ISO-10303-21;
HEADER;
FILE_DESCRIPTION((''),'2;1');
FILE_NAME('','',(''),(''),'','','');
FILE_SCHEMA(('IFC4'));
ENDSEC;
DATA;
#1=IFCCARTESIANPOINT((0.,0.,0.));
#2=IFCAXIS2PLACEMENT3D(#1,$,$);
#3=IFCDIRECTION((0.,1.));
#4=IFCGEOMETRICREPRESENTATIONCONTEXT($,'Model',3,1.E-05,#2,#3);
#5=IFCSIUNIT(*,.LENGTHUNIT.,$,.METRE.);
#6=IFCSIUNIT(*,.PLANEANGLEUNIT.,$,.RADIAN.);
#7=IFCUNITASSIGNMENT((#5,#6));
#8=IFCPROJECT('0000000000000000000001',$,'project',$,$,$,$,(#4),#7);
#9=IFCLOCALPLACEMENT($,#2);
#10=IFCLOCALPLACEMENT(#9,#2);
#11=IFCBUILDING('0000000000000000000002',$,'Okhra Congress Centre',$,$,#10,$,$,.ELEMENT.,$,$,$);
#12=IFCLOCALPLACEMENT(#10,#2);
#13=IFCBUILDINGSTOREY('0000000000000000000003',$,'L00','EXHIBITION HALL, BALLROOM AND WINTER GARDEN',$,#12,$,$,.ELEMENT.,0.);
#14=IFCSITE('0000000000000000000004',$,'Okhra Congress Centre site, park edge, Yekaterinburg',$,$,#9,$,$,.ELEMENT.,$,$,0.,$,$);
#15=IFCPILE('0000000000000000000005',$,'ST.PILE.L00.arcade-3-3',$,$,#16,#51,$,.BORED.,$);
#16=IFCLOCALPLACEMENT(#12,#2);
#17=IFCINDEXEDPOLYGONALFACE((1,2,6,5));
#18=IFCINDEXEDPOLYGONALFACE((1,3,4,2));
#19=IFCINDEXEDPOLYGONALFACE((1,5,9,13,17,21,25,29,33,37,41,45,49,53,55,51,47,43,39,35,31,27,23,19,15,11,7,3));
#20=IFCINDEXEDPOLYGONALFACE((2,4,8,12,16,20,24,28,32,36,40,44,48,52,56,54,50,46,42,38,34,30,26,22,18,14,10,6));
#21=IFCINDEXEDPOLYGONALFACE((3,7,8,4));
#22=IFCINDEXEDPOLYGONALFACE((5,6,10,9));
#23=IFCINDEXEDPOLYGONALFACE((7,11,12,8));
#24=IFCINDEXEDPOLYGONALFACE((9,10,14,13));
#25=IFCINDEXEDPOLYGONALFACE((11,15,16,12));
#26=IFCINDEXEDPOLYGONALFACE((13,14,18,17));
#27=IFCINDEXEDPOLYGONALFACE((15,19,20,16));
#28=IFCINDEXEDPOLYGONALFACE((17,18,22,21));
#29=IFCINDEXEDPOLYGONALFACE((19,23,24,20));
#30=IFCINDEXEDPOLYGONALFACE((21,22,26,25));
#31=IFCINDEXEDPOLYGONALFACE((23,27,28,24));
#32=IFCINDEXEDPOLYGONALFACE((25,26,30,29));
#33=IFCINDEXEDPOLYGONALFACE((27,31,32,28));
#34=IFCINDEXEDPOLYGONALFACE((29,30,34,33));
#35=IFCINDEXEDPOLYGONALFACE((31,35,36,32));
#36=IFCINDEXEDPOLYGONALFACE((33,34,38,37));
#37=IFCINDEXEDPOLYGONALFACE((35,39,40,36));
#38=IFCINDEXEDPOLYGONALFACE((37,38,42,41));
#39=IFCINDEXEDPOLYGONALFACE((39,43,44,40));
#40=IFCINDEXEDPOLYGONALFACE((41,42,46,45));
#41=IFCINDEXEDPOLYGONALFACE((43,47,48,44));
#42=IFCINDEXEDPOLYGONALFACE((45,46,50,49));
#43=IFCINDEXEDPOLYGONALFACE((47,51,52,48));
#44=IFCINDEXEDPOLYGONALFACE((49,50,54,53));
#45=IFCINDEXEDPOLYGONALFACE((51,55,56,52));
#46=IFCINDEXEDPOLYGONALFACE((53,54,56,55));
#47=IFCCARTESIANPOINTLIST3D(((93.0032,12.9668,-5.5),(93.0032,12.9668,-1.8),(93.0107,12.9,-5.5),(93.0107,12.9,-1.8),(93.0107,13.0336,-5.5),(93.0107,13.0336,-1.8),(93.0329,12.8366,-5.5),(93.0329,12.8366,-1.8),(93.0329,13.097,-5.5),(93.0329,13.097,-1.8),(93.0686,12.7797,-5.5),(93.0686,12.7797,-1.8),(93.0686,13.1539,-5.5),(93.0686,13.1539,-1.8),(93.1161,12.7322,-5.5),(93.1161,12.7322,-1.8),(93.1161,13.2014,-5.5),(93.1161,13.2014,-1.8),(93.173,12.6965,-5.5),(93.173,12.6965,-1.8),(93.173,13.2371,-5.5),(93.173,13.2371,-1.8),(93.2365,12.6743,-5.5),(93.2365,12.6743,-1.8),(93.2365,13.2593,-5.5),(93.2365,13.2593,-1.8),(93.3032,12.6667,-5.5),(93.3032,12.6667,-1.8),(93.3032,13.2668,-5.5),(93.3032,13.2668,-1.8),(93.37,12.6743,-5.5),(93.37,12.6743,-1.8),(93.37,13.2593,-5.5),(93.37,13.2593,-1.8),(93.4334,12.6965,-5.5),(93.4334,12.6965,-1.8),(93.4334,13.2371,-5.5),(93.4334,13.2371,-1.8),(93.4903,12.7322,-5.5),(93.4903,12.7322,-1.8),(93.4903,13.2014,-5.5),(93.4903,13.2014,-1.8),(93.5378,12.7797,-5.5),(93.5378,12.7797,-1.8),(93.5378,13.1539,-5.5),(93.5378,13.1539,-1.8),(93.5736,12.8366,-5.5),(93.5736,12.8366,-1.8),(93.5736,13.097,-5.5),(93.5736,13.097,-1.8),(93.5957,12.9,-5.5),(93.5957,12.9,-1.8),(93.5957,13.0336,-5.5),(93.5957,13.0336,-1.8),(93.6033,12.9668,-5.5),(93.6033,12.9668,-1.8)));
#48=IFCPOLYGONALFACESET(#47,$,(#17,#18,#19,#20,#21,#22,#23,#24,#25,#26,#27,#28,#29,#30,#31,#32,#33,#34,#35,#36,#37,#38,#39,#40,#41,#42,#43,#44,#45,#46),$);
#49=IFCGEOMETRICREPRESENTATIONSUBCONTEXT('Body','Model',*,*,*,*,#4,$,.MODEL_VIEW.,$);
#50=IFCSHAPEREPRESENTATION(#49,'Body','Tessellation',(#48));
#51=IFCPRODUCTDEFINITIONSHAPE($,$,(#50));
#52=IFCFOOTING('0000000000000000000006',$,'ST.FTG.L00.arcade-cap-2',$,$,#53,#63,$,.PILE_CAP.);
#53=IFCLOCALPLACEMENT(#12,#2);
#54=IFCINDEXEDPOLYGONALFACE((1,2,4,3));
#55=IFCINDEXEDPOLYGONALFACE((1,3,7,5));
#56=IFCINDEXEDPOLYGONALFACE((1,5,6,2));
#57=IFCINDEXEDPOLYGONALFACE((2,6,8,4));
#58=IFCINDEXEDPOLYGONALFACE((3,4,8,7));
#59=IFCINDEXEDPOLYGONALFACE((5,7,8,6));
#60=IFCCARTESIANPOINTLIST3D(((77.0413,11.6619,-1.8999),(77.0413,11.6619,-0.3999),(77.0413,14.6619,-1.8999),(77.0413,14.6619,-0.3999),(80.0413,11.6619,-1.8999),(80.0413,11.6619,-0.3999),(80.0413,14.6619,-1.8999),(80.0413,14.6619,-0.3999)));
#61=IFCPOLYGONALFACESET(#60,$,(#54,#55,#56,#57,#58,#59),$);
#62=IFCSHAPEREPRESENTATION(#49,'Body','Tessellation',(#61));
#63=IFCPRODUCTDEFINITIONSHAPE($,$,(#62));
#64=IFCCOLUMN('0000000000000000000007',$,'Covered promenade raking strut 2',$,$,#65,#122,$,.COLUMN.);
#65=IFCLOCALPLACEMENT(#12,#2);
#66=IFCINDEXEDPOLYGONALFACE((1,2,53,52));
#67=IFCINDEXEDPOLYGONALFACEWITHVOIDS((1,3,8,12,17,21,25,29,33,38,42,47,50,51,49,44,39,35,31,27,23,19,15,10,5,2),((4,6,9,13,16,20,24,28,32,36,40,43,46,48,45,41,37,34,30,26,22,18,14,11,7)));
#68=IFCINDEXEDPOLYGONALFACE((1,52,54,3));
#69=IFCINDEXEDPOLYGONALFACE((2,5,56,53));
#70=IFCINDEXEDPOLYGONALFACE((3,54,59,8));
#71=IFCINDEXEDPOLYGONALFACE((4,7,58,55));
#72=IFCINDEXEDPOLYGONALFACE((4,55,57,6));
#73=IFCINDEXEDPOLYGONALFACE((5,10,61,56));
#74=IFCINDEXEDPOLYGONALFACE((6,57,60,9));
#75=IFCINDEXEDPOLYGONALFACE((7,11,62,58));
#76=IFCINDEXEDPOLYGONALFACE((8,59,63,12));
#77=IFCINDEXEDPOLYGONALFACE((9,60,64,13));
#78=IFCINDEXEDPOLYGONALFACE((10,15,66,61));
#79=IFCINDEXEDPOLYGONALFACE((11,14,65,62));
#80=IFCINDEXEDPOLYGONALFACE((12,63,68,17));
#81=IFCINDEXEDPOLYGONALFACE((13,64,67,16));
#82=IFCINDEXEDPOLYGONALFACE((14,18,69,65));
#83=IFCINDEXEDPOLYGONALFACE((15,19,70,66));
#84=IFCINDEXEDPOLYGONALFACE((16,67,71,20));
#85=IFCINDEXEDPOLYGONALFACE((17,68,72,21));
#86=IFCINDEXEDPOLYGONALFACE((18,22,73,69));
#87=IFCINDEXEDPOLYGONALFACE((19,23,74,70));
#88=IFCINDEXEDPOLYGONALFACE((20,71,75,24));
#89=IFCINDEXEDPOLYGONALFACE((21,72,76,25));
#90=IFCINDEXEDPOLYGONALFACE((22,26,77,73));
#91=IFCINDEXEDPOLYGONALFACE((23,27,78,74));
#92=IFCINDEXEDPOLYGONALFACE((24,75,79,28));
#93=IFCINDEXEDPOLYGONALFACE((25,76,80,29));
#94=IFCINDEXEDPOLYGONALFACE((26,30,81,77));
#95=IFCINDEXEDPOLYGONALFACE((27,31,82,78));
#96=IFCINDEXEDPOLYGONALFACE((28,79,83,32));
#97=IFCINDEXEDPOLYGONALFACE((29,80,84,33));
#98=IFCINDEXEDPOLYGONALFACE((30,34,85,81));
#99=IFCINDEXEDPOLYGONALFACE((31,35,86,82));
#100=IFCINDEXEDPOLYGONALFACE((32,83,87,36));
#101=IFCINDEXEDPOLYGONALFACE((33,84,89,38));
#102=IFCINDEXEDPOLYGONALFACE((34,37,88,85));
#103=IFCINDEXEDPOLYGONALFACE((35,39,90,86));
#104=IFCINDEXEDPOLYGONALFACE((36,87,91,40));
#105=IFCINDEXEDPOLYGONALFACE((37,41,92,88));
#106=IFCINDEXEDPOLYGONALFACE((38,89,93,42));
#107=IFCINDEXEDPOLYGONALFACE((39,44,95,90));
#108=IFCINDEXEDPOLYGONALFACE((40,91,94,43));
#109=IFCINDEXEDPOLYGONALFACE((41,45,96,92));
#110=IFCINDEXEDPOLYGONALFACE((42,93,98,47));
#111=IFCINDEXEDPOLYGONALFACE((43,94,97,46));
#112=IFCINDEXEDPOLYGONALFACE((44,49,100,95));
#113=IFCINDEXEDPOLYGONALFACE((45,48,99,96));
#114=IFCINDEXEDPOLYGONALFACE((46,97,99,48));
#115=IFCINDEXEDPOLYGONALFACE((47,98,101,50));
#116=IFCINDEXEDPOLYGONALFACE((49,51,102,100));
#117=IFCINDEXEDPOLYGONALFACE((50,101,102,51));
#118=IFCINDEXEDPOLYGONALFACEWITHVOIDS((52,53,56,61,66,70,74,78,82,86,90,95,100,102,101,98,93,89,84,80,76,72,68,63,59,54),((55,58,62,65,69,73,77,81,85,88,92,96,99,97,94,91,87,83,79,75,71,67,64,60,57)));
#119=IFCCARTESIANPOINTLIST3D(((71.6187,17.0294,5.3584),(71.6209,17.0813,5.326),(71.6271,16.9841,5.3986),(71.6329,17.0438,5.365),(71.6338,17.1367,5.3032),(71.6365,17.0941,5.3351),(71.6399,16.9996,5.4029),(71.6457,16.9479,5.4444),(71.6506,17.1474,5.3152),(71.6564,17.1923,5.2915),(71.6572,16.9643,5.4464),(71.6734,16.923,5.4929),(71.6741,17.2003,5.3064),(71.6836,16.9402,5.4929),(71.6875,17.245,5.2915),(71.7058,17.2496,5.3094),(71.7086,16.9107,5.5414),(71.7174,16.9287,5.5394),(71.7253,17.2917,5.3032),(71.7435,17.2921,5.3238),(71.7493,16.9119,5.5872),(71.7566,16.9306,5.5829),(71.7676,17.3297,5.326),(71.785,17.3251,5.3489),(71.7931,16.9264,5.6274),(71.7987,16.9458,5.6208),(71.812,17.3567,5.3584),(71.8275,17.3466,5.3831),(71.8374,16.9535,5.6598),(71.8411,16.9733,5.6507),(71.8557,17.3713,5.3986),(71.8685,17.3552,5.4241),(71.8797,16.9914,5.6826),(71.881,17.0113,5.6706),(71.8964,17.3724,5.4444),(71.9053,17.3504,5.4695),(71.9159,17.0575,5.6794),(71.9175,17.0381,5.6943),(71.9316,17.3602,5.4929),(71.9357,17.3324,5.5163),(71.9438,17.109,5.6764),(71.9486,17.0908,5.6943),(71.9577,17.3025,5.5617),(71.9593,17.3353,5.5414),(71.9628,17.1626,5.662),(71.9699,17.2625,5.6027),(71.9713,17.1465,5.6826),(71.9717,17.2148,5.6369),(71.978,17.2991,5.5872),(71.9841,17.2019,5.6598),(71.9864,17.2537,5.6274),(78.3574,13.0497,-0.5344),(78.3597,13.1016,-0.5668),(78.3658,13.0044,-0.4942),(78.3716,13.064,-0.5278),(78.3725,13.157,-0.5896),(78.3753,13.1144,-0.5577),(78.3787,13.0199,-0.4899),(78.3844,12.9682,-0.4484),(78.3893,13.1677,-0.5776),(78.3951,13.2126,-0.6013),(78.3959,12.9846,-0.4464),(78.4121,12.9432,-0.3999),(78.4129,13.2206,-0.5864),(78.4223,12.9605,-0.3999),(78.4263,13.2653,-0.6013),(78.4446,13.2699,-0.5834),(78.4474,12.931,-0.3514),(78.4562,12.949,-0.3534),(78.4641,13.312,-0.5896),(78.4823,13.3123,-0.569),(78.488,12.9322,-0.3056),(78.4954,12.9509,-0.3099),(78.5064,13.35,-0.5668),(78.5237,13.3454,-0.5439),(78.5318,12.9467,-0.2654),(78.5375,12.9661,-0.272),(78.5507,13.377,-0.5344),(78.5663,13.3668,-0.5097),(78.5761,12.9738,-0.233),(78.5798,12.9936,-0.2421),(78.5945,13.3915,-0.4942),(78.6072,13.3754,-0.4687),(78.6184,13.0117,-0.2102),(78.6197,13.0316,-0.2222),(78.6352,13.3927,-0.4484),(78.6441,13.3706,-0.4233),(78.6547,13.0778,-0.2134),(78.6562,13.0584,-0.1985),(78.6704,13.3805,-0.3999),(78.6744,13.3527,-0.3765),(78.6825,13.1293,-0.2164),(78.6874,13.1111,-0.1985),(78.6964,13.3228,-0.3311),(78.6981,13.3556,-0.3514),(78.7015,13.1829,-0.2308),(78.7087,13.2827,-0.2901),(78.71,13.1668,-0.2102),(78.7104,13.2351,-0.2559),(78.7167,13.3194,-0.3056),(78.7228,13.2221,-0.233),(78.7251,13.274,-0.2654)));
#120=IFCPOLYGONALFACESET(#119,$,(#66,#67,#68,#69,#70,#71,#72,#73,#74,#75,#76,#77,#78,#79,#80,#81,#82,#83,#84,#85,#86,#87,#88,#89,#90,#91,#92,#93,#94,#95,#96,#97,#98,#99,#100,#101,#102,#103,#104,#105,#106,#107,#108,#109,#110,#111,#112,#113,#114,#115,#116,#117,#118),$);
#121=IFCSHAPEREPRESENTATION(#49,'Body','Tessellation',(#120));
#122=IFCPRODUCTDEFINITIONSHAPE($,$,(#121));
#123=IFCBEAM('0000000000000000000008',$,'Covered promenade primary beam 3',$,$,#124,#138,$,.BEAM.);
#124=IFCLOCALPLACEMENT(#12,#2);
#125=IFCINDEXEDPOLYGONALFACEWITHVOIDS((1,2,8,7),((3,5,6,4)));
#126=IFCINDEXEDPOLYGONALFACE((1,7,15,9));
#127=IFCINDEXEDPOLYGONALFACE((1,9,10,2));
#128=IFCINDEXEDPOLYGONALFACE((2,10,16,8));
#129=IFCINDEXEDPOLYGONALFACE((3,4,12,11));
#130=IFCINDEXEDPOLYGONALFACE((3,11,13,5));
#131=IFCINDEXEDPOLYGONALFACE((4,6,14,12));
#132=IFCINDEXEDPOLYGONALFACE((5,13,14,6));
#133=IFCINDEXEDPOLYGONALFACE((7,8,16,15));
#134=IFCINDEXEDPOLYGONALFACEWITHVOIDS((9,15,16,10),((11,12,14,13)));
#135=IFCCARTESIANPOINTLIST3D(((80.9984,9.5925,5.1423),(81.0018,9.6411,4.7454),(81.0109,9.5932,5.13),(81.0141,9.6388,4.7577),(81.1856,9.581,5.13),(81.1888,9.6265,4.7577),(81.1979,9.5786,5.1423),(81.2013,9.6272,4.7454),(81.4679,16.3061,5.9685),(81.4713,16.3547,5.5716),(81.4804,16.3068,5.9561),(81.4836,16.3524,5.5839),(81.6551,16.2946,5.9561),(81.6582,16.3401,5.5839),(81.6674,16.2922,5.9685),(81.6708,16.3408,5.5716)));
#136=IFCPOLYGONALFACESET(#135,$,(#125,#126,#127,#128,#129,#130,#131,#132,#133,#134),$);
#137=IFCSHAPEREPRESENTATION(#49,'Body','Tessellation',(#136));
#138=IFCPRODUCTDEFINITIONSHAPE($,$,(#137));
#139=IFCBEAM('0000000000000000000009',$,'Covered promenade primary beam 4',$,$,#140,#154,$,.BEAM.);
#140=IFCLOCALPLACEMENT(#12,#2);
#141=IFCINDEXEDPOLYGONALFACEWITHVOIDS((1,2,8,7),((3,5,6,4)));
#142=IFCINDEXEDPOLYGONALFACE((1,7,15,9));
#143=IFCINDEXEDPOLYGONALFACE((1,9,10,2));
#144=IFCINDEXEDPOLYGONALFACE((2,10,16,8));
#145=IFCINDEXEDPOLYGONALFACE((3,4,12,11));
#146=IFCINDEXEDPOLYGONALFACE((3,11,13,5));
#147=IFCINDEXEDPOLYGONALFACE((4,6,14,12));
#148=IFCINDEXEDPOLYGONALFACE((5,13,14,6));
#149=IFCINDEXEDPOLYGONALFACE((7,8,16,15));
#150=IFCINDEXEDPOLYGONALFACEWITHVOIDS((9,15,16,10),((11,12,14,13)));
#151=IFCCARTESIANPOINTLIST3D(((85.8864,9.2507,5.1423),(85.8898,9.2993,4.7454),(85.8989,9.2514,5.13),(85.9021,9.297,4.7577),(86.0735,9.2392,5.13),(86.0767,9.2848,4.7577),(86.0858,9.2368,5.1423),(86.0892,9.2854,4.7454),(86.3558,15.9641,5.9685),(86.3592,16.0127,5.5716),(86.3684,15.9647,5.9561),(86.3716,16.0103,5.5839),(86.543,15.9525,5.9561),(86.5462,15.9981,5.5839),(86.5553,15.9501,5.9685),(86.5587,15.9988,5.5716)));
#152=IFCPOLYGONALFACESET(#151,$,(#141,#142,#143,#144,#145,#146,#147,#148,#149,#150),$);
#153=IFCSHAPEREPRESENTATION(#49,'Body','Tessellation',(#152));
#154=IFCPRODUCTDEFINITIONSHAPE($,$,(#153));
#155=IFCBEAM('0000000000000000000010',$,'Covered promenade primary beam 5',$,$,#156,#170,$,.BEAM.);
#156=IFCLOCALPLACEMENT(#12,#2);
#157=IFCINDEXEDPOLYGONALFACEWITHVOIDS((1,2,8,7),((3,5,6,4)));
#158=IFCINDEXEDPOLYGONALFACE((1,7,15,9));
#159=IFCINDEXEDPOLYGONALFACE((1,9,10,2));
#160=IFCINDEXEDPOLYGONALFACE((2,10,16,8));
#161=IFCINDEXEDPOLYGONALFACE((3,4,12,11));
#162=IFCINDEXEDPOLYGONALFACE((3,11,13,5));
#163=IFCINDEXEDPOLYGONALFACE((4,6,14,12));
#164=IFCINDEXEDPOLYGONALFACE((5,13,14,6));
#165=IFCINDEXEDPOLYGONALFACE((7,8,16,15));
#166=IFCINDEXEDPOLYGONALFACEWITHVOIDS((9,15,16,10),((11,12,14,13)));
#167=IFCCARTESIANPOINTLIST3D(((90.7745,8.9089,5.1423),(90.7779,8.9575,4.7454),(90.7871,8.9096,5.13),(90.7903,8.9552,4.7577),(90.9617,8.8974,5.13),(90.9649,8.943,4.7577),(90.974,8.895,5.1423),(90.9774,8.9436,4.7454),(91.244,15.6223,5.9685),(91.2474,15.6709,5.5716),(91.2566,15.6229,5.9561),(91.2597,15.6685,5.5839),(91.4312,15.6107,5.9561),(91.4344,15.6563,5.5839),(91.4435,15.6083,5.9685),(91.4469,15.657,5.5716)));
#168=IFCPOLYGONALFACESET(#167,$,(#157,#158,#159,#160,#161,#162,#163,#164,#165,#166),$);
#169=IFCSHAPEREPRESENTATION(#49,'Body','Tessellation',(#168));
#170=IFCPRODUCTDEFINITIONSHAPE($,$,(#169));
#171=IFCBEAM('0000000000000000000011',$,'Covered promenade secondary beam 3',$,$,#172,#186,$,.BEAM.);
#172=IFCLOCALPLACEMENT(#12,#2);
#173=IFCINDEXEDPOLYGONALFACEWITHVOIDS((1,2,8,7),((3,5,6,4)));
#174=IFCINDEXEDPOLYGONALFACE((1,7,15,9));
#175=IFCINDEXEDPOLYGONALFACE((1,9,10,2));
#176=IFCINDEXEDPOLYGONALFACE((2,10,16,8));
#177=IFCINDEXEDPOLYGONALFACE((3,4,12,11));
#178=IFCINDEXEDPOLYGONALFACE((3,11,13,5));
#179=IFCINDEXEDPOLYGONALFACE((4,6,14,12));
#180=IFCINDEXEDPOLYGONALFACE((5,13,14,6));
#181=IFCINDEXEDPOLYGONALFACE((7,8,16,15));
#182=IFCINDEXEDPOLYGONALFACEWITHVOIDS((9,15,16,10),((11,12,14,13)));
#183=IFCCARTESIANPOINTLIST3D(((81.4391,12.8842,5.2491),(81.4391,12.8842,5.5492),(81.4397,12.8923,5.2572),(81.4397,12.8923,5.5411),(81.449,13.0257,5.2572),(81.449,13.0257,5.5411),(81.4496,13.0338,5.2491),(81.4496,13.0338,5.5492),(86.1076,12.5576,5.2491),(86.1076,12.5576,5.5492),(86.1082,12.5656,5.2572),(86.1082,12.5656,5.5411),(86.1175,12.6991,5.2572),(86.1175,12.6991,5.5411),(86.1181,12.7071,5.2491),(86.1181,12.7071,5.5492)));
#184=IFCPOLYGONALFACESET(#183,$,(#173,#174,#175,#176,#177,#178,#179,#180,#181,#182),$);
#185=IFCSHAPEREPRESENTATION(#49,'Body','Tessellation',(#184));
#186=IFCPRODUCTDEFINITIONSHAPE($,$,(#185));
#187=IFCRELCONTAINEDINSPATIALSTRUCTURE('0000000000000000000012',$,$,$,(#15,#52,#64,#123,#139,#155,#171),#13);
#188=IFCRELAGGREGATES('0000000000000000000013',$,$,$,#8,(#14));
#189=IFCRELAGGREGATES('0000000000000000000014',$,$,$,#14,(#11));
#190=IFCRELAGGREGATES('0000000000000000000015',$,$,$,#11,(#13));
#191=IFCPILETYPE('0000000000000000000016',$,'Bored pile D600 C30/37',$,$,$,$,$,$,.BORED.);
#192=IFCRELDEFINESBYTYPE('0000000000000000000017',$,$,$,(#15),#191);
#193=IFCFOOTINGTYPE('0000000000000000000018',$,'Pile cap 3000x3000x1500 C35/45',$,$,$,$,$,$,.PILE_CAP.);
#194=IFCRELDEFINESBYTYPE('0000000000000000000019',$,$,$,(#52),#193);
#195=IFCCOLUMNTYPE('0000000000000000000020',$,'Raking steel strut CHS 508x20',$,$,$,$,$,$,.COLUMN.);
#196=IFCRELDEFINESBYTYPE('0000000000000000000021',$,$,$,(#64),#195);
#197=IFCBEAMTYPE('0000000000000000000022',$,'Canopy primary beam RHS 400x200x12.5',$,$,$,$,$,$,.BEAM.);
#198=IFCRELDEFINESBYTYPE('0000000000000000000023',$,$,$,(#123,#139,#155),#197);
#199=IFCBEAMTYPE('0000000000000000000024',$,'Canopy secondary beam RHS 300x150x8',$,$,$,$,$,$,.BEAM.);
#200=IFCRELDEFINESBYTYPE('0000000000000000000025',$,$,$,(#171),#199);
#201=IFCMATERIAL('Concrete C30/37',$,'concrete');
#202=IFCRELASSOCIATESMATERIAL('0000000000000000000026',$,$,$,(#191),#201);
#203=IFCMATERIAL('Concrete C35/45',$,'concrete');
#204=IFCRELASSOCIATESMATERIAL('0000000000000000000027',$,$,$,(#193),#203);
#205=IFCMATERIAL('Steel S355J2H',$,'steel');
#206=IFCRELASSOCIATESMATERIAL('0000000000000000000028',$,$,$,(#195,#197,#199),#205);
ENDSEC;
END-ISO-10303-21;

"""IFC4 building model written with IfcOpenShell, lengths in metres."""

from ifc_helpers import new_model, si_unit, direction, frame, origin, origin_2d, place, context, subcontext, project, spatial, rectangle, hollow_rectangle, circle, hollow_circle, extrude, material, material_profile, profile_set, type_object, element, save


model = new_model("IFC4")

# Units and contexts
model_context = context("Model", 3, precision=1e-05, world=origin(), true_north=direction((0.0, 1.0)))
body_context = subcontext(model_context, "Body", "Model", "MODEL_VIEW")
ifc_project = project(units=[si_unit("LENGTHUNIT", "METRE"), si_unit("PLANEANGLEUNIT", "RADIAN")], contexts=[model_context])

# Site, building, storey
site_placement = place(None, origin())
site = spatial("IfcSite", under=ifc_project, at=site_placement, Name="Okhra Congress Centre site, park edge, Yekaterinburg", CompositionType="ELEMENT", RefElevation=0.0)
building_placement = place(site_placement, origin())
building = spatial("IfcBuilding", under=site, at=building_placement, Name="Okhra Congress Centre", CompositionType="ELEMENT")
storey_placement = place(building_placement, origin())
storey = spatial("IfcBuildingStorey", under=building, at=storey_placement, Name="L00", Description="EXHIBITION HALL, BALLROOM AND WINTER GARDEN", CompositionType="ELEMENT", Elevation=0.0)

# Pile
ifc_material_1 = material(Name="Concrete C30/37", Category="concrete")
ifc_material_profile_1 = material_profile(ifc_material_1, circle(Radius=0.3, at=origin_2d()), Name="D600")
ifc_profile_set_1 = profile_set([ifc_material_profile_1], Name="Concrete C30/37")
pile_type = type_object("IfcPileType", Name="Bored pile D600 C30/37", PredefinedType="BORED", material=ifc_profile_set_1)
for number, where, z_axis, x_axis, name in (
    (1, (93.3032, 12.9668, -1.8), (0.0, 0.0, -1.0), (1.0, 0.0, 0.0), "ST.PILE.L00.arcade-3-3"),
):
    element("IfcPile", number, at=place(storey_placement, frame(where, z_axis=z_axis, x_axis=x_axis)), inside=storey, type_object=pile_type, Name=name, PredefinedType="BORED", context=body_context, shape_type="SweptSolid", body=[
        extrude(circle(Radius=0.3, at=origin_2d()), origin(), (0.0, 0.0, 1.0), 3.7),
    ])

# Footing
ifc_material_2 = material(Name="Concrete C35/45", Category="concrete")
footing_type = type_object("IfcFootingType", Name="Pile cap 3000x3000x1500 C35/45", PredefinedType="PILE_CAP", material=ifc_material_2)
footing_placement = place(storey_placement, frame((78.5413, 13.1619, -1.8999), z_axis=(0.0, 0.0, 1.0), x_axis=(1.0, 0.0, 0.0)))
element("IfcFooting", 2, at=footing_placement, inside=storey, type_object=footing_type, Name="ST.FTG.L00.arcade-cap-2", PredefinedType="PILE_CAP", context=body_context, shape_type="SweptSolid", body=[
    extrude(rectangle(XDim=3.0, YDim=3.0, at=origin_2d()), origin(), (0.0, 0.0, 1.0), 1.5),
])

# Column
ifc_material_3 = material(Name="Steel S355J2H", Category="steel")
ifc_material_profile_2 = material_profile(ifc_material_3, hollow_circle(Radius=0.2539, WallThickness=0.02, at=origin_2d()), Name="CHS 508x20")
ifc_profile_set_2 = profile_set([ifc_material_profile_2], Name="Steel S355J2H")
column_type = type_object("IfcColumnType", Name="Raking steel strut CHS 508x20", PredefinedType="COLUMN", material=ifc_profile_set_2)
column_placement = place(storey_placement, frame((78.5413, 13.1619, -0.3999), z_axis=(-0.687864, 0.406234, 0.601513), x_axis=(-0.508515, -0.861053, 0.0)))
element("IfcColumn", 3, at=column_placement, inside=storey, type_object=column_type, Name="Covered promenade raking strut 2", PredefinedType="COLUMN", context=body_context, shape_type="SweptSolid", body=[
    extrude(hollow_circle(Radius=0.2539, WallThickness=0.02, at=origin_2d()), origin(), (0.0, 0.0, 1.0), 9.7966),
])

# Beams
ifc_material_profile_3 = material_profile(ifc_material_3, hollow_rectangle(XDim=0.2, YDim=0.3999, WallThickness=0.0125, at=origin_2d()), Name="RHS 400x200x12.5")
ifc_profile_set_3 = profile_set([ifc_material_profile_3], Name="Steel S355J2H")
beam_type_1 = type_object("IfcBeamType", Name="Canopy primary beam RHS 400x200x12.5", PredefinedType="BEAM", material=ifc_profile_set_3)
beam_1_placement = place(storey_placement, frame((81.0999, 9.6099, 4.9438), z_axis=(0.06924, 0.990131, 0.121845), x_axis=(-0.997564, 0.069759, 0.0)))
element("IfcBeam", 4, at=beam_1_placement, inside=storey, type_object=beam_type_1, Name="Covered promenade primary beam 3", PredefinedType="BEAM", context=body_context, shape_type="SweptSolid", body=[
    extrude(hollow_rectangle(XDim=0.2, YDim=0.3999, WallThickness=0.0125, at=origin_2d()), origin(), (0.0, 0.0, 1.0), 6.7805),
])
for number, where, z_axis, x_axis, name in (
    (5, (85.9878, 9.2681, 4.9438), (0.069242, 0.99013, 0.121849), (-0.997564, 0.069762, 0.0), "Covered promenade primary beam 4"),
    (6, (90.876, 8.9263, 4.9438), (0.069242, 0.99013, 0.121849), (-0.997564, 0.069762, 0.0), "Covered promenade primary beam 5"),
):
    element("IfcBeam", number, at=place(storey_placement, frame(where, z_axis=z_axis, x_axis=x_axis)), inside=storey, type_object=beam_type_1, Name=name, PredefinedType="BEAM", context=body_context, shape_type="SweptSolid", body=[
        extrude(hollow_rectangle(XDim=0.2, YDim=0.3999, WallThickness=0.0125, at=origin_2d()), origin(), (0.0, 0.0, 1.0), 6.7803),
    ])
ifc_material_profile_4 = material_profile(ifc_material_3, hollow_rectangle(XDim=0.1499, YDim=0.3, WallThickness=0.0081, at=origin_2d()), Name="RHS 300x150x8")
ifc_profile_set_4 = profile_set([ifc_material_profile_4], Name="Steel S355J2H")
beam_type_2 = type_object("IfcBeamType", Name="Canopy secondary beam RHS 300x150x8", PredefinedType="BEAM", material=ifc_profile_set_4)
beam_2_placement = place(storey_placement, frame((81.4443, 12.959, 5.3992), z_axis=(0.997561, -0.069801, 0.0), x_axis=(0.069801, 0.997561, 0.0)))
element("IfcBeam", 7, at=beam_2_placement, inside=storey, type_object=beam_type_2, Name="Covered promenade secondary beam 3", PredefinedType="BEAM", context=body_context, shape_type="SweptSolid", body=[
    extrude(hollow_rectangle(XDim=0.1499, YDim=0.3, WallThickness=0.0081, at=origin_2d()), origin(), (0.0, 0.0, 1.0), 4.6799),
])

save(model, "model.ifc")
